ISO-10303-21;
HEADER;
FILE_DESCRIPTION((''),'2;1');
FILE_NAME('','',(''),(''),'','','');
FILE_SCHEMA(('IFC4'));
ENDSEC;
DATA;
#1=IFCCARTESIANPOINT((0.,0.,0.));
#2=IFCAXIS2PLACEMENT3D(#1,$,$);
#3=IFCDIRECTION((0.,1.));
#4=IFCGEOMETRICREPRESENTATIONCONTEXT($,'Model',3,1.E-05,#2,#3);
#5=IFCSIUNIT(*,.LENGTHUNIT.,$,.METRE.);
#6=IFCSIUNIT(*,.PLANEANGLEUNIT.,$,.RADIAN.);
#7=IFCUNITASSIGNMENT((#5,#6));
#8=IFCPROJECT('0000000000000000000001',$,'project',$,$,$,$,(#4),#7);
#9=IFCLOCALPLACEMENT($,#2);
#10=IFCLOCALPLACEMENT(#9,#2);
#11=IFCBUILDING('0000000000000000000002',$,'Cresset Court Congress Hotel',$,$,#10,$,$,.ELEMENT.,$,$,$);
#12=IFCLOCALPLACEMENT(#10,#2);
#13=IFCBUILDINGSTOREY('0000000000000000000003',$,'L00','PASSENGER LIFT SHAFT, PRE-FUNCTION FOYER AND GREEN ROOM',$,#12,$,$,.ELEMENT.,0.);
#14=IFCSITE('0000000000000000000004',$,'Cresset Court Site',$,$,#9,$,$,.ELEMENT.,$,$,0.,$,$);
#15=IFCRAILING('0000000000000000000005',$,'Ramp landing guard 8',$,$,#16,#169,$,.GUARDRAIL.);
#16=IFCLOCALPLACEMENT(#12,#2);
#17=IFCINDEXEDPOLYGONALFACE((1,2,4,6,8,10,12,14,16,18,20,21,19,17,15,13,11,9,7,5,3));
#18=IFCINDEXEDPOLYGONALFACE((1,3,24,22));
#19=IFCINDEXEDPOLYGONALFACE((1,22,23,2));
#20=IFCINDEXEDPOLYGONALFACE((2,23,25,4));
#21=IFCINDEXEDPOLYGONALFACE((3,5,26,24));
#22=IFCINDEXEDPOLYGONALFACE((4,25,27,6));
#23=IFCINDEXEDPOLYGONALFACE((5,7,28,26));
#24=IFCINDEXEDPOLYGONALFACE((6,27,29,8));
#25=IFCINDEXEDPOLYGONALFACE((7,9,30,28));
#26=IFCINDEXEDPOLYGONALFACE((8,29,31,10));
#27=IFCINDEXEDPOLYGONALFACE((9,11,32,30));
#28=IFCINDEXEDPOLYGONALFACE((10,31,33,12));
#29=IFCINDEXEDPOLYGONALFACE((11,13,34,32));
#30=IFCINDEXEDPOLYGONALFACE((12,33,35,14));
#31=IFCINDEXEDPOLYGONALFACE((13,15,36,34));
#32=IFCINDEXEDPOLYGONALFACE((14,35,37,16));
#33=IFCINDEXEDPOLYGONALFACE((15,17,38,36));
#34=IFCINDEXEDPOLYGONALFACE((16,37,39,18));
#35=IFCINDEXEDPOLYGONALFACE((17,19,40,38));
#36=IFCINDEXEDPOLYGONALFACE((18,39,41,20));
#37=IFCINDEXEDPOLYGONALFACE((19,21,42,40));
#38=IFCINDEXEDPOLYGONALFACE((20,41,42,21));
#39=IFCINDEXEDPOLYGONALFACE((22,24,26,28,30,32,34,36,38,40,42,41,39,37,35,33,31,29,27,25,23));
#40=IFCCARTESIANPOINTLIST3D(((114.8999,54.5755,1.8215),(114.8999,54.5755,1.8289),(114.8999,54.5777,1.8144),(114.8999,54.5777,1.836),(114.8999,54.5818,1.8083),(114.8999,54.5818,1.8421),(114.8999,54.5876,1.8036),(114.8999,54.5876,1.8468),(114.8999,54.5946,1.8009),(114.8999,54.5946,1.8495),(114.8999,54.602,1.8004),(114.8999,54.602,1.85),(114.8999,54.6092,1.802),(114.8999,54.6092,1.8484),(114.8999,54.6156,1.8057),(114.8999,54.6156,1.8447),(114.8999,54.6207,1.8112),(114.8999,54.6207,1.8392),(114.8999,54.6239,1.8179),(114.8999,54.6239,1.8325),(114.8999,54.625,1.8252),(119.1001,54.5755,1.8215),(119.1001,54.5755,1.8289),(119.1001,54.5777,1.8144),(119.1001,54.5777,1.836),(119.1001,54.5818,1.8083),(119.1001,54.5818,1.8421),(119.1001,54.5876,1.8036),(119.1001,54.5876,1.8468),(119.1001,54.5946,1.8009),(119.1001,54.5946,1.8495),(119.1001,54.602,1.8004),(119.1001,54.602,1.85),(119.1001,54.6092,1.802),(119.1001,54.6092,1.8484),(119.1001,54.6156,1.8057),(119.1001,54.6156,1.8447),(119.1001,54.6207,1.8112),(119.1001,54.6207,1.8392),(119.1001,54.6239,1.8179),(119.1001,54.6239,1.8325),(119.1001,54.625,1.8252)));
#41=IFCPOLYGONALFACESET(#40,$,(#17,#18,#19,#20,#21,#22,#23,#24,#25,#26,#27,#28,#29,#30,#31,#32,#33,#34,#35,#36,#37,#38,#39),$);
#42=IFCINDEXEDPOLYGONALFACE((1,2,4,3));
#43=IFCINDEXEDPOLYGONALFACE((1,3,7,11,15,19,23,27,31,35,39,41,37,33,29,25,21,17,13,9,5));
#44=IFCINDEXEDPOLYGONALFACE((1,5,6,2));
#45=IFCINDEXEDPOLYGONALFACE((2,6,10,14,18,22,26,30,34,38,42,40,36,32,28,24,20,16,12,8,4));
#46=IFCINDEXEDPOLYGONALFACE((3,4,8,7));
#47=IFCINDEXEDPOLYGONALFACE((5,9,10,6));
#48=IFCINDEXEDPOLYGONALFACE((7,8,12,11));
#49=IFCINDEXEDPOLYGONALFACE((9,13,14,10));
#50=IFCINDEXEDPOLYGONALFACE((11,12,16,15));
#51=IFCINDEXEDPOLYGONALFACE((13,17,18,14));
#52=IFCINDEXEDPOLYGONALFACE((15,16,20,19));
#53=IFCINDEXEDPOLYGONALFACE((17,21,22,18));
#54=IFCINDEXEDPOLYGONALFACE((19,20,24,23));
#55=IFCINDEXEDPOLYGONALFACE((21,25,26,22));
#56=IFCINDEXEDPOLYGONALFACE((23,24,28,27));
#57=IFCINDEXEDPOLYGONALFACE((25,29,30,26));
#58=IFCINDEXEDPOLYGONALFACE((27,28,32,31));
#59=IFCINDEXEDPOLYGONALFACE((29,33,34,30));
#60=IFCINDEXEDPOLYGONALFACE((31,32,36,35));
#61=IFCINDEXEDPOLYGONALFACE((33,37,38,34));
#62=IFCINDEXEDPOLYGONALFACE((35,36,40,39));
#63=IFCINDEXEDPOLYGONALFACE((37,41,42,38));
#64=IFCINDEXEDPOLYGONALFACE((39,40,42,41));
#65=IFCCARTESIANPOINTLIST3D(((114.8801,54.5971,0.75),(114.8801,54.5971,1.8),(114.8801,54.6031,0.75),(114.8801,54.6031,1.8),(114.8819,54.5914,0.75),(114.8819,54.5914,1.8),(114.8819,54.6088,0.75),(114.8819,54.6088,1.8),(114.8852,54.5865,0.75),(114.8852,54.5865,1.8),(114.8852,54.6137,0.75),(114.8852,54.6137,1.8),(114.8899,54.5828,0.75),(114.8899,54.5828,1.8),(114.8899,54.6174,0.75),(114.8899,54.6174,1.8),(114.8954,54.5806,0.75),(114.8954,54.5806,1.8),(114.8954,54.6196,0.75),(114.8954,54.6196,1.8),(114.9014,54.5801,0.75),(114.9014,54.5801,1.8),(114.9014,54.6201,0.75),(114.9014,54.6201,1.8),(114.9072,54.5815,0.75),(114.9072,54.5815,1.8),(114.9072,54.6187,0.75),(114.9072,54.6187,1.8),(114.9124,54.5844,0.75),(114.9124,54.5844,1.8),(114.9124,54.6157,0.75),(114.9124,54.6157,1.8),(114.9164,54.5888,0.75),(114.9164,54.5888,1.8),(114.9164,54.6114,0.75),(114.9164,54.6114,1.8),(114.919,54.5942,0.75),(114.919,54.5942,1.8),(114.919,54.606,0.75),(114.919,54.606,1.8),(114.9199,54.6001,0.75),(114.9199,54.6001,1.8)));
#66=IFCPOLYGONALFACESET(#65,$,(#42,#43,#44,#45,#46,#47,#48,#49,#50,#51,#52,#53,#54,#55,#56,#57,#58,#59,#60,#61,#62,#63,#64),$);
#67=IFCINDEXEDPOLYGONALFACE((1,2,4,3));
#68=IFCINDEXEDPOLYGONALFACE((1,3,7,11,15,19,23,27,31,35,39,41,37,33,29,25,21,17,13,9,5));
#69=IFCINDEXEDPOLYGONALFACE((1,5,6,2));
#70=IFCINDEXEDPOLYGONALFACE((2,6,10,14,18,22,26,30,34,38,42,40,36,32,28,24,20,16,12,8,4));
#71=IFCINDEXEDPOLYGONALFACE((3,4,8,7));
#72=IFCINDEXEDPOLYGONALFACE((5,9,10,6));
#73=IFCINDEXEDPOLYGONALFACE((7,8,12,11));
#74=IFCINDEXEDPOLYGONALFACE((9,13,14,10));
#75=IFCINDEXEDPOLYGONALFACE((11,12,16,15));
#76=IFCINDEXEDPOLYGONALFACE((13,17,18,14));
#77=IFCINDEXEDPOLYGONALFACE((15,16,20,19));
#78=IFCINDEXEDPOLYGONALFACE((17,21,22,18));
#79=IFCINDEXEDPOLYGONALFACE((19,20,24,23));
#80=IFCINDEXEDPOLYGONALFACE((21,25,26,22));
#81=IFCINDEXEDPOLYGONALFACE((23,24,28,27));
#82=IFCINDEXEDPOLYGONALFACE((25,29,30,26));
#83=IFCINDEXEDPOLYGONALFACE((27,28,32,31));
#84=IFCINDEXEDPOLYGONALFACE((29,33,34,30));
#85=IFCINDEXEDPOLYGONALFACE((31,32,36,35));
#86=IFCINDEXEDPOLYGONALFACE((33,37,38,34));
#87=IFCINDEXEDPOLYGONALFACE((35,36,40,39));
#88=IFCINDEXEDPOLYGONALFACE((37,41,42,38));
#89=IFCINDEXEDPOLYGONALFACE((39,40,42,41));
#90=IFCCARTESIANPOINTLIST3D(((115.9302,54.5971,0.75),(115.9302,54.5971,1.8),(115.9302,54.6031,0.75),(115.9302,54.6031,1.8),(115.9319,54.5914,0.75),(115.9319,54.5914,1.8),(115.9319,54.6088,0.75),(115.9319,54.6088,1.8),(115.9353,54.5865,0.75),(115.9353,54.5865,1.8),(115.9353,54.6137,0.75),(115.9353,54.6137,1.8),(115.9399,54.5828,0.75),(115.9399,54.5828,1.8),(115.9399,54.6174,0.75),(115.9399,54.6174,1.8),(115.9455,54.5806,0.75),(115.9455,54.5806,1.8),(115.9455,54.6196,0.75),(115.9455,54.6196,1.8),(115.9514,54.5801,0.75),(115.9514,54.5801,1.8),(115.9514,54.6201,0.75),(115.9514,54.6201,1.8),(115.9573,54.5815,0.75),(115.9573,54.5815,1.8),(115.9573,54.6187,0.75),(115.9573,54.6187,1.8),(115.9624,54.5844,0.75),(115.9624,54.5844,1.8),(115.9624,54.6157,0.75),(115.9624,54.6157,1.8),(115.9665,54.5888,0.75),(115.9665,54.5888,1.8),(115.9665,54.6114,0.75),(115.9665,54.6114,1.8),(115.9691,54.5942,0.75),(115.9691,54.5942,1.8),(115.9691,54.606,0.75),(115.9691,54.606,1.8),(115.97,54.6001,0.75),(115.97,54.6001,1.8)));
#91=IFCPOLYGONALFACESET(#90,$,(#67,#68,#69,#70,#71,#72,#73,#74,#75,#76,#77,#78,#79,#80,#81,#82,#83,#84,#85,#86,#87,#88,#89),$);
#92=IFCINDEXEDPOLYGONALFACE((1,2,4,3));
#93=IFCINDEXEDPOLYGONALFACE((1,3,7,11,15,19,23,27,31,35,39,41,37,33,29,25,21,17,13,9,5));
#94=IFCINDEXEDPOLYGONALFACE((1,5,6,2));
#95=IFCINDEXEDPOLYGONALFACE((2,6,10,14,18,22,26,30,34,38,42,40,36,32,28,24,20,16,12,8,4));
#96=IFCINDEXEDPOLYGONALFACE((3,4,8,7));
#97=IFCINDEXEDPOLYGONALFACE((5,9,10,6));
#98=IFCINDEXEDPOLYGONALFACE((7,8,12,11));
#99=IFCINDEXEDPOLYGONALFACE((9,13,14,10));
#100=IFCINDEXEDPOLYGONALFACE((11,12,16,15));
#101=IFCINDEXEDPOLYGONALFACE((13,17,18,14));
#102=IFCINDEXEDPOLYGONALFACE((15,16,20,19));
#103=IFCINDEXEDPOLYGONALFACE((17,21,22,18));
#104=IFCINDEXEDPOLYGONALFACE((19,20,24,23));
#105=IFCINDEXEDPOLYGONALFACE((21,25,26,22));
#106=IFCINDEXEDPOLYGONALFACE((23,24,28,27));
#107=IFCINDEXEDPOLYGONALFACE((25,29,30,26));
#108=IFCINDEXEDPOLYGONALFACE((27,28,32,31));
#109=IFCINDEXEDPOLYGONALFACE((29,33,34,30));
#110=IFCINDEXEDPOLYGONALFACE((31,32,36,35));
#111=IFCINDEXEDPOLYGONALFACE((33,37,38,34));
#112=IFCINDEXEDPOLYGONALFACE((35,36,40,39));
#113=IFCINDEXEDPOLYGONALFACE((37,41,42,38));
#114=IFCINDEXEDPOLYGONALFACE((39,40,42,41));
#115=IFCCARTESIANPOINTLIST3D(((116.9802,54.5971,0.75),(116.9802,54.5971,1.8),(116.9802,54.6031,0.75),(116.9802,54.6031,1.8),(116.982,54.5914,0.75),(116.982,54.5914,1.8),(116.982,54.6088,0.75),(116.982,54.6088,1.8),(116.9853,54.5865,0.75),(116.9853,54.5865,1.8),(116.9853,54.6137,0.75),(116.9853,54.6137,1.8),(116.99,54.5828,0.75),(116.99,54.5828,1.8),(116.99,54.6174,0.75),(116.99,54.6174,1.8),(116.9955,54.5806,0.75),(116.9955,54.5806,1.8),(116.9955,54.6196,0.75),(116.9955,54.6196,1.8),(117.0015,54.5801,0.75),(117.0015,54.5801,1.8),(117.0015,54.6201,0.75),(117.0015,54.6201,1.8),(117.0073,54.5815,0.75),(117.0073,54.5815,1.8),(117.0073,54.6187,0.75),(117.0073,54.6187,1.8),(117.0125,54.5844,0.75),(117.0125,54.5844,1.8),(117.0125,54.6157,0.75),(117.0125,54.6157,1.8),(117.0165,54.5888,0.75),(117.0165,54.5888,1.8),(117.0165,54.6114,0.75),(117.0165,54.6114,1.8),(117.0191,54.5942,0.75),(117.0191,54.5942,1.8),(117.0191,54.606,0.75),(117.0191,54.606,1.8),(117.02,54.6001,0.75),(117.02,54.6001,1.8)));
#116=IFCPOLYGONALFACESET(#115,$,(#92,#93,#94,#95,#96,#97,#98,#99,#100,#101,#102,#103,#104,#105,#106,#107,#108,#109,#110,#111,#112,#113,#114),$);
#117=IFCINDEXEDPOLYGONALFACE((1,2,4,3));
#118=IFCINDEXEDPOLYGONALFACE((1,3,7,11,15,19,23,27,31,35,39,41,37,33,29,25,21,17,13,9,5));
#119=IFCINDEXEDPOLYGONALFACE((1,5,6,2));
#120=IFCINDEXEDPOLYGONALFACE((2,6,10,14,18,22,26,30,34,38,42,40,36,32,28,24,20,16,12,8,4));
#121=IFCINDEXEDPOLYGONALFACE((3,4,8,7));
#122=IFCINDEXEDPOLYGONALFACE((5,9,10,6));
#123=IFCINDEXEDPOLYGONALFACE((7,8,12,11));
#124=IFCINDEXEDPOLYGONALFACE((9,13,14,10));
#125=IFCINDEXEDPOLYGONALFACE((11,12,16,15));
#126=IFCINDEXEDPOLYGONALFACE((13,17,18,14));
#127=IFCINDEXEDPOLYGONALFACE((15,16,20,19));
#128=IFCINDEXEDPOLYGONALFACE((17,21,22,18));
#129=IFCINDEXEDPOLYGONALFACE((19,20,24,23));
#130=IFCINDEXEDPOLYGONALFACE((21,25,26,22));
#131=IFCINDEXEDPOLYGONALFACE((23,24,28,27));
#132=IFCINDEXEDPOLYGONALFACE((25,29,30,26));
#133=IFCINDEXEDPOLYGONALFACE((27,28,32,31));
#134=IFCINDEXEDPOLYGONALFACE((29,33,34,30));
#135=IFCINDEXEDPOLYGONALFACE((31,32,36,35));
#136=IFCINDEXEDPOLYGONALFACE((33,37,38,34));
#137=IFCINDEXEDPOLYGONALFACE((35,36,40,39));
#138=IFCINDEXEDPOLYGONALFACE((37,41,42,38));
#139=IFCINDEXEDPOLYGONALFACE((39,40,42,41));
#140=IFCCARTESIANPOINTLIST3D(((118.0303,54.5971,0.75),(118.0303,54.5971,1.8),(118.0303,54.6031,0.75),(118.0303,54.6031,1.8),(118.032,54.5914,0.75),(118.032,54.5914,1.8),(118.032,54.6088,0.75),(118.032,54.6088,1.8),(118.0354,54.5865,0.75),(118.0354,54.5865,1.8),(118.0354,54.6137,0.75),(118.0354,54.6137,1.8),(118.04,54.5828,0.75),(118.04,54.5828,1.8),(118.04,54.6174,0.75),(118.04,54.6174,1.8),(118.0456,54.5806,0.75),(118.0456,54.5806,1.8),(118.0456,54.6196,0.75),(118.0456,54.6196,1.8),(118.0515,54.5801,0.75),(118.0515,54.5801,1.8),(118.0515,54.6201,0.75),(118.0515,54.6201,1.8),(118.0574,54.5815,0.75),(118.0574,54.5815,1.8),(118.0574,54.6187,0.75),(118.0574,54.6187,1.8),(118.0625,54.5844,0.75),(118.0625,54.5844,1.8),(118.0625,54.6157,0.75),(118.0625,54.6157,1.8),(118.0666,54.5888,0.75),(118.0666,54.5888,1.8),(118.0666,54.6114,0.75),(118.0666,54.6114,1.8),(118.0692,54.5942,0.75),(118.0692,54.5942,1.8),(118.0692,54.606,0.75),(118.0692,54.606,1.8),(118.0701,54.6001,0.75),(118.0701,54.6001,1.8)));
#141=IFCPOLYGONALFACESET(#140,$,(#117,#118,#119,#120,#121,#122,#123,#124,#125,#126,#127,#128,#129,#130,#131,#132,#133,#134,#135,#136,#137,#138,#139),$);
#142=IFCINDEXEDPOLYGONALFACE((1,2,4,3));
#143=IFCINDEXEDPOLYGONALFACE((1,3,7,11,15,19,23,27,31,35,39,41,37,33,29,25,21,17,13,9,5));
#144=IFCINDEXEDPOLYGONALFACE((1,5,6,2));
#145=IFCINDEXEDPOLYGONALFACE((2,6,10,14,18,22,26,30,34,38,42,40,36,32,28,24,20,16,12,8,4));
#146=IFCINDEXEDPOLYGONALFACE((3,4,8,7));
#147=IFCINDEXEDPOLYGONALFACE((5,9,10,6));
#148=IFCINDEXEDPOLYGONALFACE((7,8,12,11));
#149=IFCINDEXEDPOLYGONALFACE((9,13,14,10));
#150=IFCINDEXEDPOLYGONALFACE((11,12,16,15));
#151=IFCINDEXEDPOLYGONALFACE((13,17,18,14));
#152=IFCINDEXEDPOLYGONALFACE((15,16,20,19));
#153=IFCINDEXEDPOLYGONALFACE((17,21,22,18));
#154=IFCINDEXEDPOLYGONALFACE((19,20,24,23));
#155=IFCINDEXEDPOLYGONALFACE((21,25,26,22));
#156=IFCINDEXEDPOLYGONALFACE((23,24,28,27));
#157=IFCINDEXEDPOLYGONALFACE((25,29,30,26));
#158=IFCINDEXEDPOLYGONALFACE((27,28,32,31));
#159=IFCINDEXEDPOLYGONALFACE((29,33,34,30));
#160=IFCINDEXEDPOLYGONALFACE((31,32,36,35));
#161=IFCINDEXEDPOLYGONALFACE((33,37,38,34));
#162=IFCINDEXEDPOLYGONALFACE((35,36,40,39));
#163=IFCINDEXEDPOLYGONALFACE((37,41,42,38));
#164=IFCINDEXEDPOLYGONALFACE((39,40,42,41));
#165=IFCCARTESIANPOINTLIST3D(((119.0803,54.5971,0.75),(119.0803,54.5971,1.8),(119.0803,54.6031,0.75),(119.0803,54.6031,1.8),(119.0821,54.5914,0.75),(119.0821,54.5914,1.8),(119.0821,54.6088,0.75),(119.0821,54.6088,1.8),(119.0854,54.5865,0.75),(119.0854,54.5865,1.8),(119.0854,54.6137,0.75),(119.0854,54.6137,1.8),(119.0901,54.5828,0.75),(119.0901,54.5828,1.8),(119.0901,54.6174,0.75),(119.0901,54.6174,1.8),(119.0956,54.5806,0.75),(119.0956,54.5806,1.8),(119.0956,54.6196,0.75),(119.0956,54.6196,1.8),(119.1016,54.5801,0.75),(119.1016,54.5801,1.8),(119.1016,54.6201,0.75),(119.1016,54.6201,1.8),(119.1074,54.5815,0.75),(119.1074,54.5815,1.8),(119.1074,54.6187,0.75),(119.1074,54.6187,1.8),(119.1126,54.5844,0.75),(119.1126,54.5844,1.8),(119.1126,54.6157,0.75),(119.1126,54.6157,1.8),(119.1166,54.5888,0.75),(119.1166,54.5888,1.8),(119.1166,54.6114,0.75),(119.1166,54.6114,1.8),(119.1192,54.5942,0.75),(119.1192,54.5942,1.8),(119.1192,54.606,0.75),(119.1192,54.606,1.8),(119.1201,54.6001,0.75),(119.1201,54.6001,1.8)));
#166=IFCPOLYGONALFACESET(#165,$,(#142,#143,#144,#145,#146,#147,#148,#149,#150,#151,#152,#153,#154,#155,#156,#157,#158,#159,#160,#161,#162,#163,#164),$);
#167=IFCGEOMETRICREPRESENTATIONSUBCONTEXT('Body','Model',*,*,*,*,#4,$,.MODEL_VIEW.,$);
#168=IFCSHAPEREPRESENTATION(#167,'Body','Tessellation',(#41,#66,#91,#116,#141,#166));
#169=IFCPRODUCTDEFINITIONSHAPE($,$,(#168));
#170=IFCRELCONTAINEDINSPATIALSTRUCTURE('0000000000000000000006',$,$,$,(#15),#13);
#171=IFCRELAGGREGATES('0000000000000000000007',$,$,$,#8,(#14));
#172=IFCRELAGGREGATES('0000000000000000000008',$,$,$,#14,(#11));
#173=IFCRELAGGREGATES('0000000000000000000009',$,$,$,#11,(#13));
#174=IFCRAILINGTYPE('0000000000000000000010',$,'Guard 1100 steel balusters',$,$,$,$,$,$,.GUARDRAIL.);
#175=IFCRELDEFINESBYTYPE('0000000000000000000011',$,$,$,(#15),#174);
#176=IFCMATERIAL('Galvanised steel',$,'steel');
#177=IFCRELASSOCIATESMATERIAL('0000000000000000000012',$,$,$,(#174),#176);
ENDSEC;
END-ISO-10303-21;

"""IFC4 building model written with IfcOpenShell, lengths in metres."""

from ifc_helpers import new_model, si_unit, direction, frame, origin, origin_2d, place, context, subcontext, project, spatial, circle, extrude, material, type_object, element, save


model = new_model("IFC4")

# Units and contexts
model_context = context("Model", 3, precision=1e-05, world=origin(), true_north=direction((0.0, 1.0)))
body_context = subcontext(model_context, "Body", "Model", "MODEL_VIEW")
ifc_project = project(units=[si_unit("LENGTHUNIT", "METRE"), si_unit("PLANEANGLEUNIT", "RADIAN")], contexts=[model_context])

# Site, building, storey
site_placement = place(None, origin())
site = spatial("IfcSite", under=ifc_project, at=site_placement, Name="Cresset Court Site", CompositionType="ELEMENT", RefElevation=0.0)
building_placement = place(site_placement, origin())
building = spatial("IfcBuilding", under=site, at=building_placement, Name="Cresset Court Congress Hotel", CompositionType="ELEMENT")
storey_placement = place(building_placement, origin())
storey = spatial("IfcBuildingStorey", under=building, at=storey_placement, Name="L00", Description="PASSENGER LIFT SHAFT, PRE-FUNCTION FOYER AND GREEN ROOM", CompositionType="ELEMENT", Elevation=0.0)

# Railing
ifc_material_1 = material(Name="Galvanised steel", Category="steel")
railing_type = type_object("IfcRailingType", Name="Guard 1100 steel balusters", PredefinedType="GUARDRAIL", material=ifc_material_1)
railing_1_placement = place(storey_placement, frame((114.8999, 54.6001, 0.75)))
element("IfcRailing", 1, at=railing_1_placement, inside=storey, type_object=railing_type, Name="Ramp landing guard 8", PredefinedType="GUARDRAIL", context=body_context, shape_type="SweptSolid", body=[
    extrude(circle(Radius=0.0249, at=origin_2d()), frame((0.0, 0.0, 1.0752), z_axis=(1.0, 0.0, 0.0), x_axis=(0.0, 1.0, 0.0)), (0.0, 0.0, 1.0), 4.2002),
    extrude(circle(Radius=0.02, at=origin_2d()), origin(), (0.0, 0.0, 1.0), 1.05),
    extrude(circle(Radius=0.02, at=origin_2d()), frame((1.05, 0.0, 0.0)), (0.0, 0.0, 1.0), 1.05),
    extrude(circle(Radius=0.02, at=origin_2d()), frame((2.1001, 0.0, 0.0)), (0.0, 0.0, 1.0), 1.05),
    extrude(circle(Radius=0.02, at=origin_2d()), frame((3.1501, 0.0, 0.0)), (0.0, 0.0, 1.0), 1.05),
    extrude(circle(Radius=0.02, at=origin_2d()), frame((4.2002, 0.0, 0.0)), (0.0, 0.0, 1.0), 1.05),
])

save(model, "model.ifc")
